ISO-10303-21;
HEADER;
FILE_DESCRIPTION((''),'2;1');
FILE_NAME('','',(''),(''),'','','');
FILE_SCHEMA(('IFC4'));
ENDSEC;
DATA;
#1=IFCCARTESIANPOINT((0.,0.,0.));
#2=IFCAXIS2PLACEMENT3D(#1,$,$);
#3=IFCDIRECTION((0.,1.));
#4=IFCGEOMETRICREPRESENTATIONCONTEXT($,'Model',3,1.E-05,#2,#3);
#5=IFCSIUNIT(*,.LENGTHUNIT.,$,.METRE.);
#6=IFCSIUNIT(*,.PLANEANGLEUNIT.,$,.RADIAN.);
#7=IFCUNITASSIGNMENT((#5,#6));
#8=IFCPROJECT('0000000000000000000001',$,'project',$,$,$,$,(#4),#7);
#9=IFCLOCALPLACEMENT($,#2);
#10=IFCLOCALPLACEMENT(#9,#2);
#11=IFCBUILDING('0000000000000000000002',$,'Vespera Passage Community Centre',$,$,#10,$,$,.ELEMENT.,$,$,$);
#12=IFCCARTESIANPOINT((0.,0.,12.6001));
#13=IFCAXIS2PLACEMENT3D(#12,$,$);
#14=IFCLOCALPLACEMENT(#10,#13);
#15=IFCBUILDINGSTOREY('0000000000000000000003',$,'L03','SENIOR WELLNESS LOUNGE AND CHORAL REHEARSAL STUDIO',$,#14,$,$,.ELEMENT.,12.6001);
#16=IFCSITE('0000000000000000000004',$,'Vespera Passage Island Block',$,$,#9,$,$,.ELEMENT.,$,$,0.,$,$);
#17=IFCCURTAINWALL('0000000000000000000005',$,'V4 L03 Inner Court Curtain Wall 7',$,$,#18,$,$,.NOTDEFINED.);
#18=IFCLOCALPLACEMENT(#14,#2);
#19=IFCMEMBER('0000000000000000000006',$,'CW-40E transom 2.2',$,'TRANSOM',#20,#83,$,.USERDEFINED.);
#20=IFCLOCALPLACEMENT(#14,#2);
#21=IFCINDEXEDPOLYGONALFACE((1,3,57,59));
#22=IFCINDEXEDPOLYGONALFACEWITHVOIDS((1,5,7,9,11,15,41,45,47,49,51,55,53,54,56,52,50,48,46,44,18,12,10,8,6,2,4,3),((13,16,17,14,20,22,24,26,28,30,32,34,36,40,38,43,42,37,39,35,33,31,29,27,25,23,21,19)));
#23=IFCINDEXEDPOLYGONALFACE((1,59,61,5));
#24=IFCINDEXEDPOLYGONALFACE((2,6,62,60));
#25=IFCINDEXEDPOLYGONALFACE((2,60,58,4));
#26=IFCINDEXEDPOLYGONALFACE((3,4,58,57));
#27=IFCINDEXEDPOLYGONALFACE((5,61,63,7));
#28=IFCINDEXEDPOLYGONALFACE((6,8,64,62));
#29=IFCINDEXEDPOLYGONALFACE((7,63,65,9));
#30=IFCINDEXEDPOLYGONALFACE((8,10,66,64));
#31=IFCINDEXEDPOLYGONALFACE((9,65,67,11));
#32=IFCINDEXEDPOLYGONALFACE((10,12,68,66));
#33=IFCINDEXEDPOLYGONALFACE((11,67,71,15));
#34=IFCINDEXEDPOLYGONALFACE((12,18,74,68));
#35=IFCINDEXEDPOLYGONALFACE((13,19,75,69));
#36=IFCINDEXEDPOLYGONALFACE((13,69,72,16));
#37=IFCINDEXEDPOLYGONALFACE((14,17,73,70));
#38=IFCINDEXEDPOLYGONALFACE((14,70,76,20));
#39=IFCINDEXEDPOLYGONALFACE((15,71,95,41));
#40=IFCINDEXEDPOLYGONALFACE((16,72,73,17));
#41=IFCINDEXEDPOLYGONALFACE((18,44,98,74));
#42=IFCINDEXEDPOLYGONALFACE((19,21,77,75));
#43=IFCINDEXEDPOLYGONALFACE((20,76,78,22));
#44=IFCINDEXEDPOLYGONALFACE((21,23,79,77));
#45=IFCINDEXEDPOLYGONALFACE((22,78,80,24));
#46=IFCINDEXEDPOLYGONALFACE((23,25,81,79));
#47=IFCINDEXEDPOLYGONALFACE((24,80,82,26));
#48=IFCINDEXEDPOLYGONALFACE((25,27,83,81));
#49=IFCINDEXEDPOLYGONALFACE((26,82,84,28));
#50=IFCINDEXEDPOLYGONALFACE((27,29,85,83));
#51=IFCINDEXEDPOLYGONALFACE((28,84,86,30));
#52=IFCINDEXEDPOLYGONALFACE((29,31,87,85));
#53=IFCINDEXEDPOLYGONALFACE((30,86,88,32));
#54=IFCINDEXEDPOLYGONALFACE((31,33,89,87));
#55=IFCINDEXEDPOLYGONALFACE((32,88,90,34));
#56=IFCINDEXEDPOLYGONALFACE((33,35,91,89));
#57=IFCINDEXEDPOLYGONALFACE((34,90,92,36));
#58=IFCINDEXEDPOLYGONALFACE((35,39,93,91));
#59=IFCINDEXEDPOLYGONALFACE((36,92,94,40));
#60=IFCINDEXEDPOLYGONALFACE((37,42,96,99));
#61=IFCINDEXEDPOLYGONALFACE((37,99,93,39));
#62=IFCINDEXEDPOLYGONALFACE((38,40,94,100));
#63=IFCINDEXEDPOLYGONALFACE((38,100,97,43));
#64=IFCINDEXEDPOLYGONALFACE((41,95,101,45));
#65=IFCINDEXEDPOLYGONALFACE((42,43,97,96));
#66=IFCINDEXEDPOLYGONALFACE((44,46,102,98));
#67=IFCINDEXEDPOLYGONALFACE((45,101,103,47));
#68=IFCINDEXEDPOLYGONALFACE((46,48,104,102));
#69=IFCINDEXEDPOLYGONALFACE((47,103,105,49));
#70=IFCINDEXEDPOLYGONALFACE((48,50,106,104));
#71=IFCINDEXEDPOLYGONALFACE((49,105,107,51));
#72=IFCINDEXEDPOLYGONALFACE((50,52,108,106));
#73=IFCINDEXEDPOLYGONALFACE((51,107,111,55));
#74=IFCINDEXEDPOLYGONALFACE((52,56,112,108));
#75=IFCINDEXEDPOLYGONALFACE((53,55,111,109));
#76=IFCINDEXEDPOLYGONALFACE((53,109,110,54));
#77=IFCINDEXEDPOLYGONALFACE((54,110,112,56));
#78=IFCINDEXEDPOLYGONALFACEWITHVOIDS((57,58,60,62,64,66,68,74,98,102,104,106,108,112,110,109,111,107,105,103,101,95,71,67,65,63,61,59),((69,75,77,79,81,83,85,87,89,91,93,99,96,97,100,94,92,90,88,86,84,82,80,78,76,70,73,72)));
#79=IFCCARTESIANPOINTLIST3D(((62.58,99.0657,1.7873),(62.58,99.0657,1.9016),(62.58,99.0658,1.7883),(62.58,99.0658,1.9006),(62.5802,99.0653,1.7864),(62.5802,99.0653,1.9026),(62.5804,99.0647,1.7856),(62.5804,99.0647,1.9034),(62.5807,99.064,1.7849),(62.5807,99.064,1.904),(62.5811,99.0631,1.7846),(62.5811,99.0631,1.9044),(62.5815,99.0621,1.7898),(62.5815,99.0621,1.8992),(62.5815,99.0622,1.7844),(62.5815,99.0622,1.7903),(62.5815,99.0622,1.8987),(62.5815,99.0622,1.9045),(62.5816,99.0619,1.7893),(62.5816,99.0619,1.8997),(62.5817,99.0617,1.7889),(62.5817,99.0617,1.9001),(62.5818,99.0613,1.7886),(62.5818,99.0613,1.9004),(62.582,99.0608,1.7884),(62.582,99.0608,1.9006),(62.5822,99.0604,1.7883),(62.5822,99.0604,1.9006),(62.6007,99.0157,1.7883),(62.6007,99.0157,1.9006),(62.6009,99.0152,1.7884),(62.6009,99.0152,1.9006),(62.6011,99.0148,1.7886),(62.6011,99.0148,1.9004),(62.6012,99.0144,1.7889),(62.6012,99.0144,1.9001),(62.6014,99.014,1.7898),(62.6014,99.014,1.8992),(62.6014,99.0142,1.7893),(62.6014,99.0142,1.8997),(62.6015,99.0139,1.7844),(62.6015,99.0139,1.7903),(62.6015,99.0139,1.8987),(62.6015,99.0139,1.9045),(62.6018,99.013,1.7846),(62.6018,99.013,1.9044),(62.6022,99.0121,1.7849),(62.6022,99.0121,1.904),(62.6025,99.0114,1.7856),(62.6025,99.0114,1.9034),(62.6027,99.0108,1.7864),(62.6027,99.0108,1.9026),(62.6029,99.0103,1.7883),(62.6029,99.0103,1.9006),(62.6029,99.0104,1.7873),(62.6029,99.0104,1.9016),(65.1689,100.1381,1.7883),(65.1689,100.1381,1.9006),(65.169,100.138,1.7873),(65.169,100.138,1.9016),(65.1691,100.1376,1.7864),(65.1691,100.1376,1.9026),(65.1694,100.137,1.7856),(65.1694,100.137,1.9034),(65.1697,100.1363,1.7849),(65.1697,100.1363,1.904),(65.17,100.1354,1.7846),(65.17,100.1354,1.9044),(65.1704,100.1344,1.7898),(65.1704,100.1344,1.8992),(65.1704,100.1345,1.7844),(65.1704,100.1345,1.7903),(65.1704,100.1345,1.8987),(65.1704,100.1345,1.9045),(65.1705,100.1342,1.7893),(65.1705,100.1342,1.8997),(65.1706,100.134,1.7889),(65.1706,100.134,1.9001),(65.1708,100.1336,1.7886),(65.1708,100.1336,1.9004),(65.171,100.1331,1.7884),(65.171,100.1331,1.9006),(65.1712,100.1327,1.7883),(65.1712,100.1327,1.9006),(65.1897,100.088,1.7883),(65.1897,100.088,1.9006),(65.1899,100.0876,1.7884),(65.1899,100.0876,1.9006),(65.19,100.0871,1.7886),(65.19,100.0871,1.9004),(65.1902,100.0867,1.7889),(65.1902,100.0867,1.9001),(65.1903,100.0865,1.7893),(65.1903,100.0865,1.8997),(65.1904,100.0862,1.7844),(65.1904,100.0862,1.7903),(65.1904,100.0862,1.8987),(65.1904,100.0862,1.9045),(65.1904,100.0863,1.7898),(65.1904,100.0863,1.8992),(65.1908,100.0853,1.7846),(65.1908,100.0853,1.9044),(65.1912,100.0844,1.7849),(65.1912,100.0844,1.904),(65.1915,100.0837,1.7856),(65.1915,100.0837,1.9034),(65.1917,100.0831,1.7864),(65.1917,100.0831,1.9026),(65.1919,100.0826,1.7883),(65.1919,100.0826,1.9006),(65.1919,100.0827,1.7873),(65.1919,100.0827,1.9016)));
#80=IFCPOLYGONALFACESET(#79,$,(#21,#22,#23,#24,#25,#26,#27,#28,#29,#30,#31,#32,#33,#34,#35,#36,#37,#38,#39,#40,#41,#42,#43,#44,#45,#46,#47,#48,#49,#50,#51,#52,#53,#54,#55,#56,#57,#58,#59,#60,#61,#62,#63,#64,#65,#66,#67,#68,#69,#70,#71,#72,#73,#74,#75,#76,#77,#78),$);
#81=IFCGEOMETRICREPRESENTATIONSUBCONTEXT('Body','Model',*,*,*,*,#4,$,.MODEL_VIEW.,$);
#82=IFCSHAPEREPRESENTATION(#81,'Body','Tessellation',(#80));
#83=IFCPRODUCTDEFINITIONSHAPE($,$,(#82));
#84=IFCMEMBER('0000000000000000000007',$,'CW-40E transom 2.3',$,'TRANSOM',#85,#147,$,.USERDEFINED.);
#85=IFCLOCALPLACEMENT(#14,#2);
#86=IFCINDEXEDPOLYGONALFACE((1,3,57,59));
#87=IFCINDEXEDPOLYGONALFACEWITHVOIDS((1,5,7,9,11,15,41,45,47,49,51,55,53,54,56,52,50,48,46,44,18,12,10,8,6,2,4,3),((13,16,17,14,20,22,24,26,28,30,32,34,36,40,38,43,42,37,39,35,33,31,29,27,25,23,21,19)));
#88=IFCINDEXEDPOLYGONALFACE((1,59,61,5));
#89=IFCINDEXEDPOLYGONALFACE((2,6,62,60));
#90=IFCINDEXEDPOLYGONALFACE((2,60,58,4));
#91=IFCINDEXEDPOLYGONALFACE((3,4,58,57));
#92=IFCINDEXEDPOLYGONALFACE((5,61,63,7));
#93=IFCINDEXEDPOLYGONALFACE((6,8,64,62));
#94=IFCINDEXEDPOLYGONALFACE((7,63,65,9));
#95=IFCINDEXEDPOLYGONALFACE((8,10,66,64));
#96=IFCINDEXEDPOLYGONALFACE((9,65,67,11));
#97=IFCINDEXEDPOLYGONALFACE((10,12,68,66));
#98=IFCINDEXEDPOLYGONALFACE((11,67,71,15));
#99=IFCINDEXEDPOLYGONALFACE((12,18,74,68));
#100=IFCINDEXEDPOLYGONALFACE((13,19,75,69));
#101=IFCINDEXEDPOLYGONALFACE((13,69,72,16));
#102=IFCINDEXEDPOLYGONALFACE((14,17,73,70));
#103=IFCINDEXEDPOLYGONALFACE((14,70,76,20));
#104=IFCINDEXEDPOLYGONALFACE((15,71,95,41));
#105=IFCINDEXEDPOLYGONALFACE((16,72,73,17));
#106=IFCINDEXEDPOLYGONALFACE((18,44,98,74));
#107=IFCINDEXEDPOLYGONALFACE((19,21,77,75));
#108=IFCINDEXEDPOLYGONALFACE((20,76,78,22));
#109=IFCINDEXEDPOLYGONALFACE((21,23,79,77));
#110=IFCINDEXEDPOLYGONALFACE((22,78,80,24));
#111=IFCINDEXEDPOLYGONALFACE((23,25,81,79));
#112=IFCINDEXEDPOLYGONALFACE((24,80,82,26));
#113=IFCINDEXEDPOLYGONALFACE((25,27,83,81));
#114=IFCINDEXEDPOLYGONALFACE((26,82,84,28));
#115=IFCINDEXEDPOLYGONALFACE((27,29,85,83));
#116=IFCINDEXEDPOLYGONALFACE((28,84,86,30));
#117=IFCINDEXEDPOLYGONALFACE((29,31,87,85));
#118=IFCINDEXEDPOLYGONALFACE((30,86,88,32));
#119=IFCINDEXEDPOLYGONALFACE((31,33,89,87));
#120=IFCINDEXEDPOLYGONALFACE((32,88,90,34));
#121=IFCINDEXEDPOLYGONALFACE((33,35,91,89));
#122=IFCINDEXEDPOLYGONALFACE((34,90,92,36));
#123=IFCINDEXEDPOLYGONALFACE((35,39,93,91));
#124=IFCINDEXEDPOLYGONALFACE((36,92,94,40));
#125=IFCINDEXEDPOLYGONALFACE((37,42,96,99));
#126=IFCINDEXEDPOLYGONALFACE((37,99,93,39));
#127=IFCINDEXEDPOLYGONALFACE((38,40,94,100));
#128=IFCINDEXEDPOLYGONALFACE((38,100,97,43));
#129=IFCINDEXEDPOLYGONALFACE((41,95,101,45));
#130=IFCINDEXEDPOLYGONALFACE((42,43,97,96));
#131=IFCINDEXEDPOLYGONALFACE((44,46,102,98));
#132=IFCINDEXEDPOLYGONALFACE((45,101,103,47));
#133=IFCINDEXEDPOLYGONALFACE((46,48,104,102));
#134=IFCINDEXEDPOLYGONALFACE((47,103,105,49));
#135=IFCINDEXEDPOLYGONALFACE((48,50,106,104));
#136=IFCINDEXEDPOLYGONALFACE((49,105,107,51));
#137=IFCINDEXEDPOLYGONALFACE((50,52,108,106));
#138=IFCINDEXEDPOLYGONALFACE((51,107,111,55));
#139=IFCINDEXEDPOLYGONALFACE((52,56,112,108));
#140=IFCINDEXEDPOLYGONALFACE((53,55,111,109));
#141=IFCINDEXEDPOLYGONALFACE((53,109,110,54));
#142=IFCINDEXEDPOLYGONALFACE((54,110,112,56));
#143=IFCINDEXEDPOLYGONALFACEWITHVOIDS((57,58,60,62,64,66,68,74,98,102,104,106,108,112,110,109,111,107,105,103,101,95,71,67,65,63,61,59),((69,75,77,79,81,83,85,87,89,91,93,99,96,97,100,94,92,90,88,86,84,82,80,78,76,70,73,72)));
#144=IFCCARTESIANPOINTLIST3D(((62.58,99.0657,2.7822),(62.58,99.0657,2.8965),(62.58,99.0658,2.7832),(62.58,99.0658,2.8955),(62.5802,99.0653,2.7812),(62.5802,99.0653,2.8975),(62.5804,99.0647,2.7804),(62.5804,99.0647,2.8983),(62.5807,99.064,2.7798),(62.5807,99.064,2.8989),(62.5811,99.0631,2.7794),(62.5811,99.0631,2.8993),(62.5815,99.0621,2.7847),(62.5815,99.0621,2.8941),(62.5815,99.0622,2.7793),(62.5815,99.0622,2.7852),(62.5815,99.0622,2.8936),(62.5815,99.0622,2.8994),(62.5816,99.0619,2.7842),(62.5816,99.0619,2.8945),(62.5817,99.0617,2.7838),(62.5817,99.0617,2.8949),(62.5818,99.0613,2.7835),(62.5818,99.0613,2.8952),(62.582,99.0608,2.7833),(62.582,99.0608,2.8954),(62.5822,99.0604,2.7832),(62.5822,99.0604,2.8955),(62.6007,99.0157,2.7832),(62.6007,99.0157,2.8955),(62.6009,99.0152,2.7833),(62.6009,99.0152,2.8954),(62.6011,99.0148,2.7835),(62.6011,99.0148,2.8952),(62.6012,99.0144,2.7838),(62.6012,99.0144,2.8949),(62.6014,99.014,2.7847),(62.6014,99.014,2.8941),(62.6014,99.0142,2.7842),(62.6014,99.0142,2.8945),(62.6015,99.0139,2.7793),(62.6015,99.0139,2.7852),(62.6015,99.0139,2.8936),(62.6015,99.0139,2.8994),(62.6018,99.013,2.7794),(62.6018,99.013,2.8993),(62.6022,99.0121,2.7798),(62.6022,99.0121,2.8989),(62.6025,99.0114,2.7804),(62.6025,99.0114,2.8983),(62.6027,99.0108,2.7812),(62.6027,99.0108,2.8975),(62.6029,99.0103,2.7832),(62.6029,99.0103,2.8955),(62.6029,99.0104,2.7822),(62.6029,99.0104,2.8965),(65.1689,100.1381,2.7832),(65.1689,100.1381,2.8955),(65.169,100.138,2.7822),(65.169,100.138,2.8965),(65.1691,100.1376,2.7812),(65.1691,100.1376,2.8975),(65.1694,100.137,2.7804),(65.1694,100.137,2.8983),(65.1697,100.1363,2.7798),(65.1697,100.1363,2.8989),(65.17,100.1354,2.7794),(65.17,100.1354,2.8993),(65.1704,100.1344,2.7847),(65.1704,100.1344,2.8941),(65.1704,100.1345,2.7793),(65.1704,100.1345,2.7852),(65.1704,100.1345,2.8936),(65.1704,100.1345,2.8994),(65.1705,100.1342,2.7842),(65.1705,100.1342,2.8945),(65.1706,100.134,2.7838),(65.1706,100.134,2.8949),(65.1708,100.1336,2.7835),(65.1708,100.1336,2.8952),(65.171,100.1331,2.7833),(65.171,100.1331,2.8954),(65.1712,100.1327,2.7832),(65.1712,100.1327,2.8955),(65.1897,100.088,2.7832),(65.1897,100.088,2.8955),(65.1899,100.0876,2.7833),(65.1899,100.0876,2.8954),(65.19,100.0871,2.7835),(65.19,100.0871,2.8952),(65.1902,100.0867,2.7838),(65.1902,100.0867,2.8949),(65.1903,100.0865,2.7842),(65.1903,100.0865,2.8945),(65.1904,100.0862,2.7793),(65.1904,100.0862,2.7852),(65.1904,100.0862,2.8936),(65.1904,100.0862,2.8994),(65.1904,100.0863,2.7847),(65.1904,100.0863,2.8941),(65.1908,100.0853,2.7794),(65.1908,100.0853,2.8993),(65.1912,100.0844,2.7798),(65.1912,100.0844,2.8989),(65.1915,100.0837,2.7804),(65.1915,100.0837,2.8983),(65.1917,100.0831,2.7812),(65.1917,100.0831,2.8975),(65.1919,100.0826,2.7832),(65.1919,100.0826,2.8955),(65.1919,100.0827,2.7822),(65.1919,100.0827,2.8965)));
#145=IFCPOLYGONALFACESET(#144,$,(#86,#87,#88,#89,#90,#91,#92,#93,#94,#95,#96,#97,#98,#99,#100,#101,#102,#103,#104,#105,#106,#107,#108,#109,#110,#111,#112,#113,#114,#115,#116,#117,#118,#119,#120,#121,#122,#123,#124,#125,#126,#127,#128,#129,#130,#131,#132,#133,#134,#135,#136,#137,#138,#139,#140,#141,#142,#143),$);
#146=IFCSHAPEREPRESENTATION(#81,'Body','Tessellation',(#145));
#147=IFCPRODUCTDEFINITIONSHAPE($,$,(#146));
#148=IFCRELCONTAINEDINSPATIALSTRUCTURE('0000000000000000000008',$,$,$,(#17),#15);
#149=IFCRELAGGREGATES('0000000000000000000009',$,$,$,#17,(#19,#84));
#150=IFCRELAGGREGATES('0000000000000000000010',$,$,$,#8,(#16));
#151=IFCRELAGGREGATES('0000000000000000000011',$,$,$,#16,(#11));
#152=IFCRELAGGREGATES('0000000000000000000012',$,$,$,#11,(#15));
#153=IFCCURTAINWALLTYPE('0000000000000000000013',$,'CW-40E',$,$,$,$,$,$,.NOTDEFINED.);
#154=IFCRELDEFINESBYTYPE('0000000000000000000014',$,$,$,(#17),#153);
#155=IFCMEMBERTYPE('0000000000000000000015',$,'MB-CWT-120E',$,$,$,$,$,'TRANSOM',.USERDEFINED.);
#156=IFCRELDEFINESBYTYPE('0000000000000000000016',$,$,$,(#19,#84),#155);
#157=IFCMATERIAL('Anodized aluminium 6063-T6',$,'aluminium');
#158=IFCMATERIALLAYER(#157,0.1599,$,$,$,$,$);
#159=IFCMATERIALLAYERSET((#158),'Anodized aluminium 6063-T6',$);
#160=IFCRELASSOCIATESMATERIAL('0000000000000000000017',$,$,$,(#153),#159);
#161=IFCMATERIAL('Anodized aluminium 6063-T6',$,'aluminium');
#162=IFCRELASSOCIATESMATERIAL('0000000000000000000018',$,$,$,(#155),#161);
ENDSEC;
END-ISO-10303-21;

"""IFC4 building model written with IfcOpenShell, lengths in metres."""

from ifc_helpers import new_model, si_unit, direction, frame, origin, origin_2d, place, context, subcontext, project, spatial, hollow_rectangle, extrude, material, layer, layer_set, material_profile, profile_set, type_object, element, aggregate, save


model = new_model("IFC4")

# Units and contexts
model_context = context("Model", 3, precision=1e-05, world=origin(), true_north=direction((0.0, 1.0)))
body_context = subcontext(model_context, "Body", "Model", "MODEL_VIEW")
ifc_project = project(units=[si_unit("LENGTHUNIT", "METRE"), si_unit("PLANEANGLEUNIT", "RADIAN")], contexts=[model_context])

# Site, building, storey
site_placement = place(None, origin())
site = spatial("IfcSite", under=ifc_project, at=site_placement, Name="Vespera Passage Island Block", CompositionType="ELEMENT", RefElevation=0.0)
building_placement = place(site_placement, origin())
building = spatial("IfcBuilding", under=site, at=building_placement, Name="Vespera Passage Community Centre", CompositionType="ELEMENT")
storey_placement = place(building_placement, frame((0.0, 0.0, 12.6001)))
storey = spatial("IfcBuildingStorey", under=building, at=storey_placement, Name="L03", Description="SENIOR WELLNESS LOUNGE AND CHORAL REHEARSAL STUDIO", CompositionType="ELEMENT", Elevation=12.6001)

# Curtain wall
ifc_material_1 = material(Name="Anodized aluminium 6063-T6", Category="aluminium")
ifc_layer_1 = layer(ifc_material_1, 0.1599)
ifc_layer_set_1 = layer_set([ifc_layer_1], Name="Anodized aluminium 6063-T6")
curtain_wall_type_1 = type_object("IfcCurtainWallType", Name="CW-40E", PredefinedType="NOTDEFINED", material=ifc_layer_set_1)
curtain_wall_1_placement = place(storey_placement, origin())
curtain_wall_1 = element("IfcCurtainWall", 1, at=curtain_wall_1_placement, inside=storey, type_object=curtain_wall_type_1, Name="V4 L03 Inner Court Curtain Wall 7", PredefinedType="NOTDEFINED")

# Members
ifc_material_2 = material(Name="Anodized aluminium 6063-T6", Category="aluminium")
ifc_material_profile_1 = material_profile(ifc_material_2, hollow_rectangle(XDim=0.0601, YDim=0.1201, WallThickness=0.0039, InnerFilletRadius=0.002, OuterFilletRadius=0.0039, at=origin_2d()), Name="ALU120X60X4")
ifc_profile_set_1 = profile_set([ifc_material_profile_1], Name="Anodized aluminium 6063-T6")
member_type_1 = type_object("IfcMemberType", Name="MB-CWT-120E", ElementType="TRANSOM", PredefinedType="USERDEFINED", material=ifc_profile_set_1)
member_1_placement = place(storey_placement, frame((65.1804, 100.1104, 1.8445), z_axis=(-0.923889, -0.38266, 0.0), x_axis=(0.38266, -0.923889, 0.0)))
member_1 = element("IfcMember", 2, at=member_1_placement, type_object=member_type_1, Name="CW-40E transom 2.2", ObjectType="TRANSOM", PredefinedType="USERDEFINED", context=body_context, shape_type="SweptSolid", body=[
    extrude(hollow_rectangle(XDim=0.0601, YDim=0.1201, WallThickness=0.0039, InnerFilletRadius=0.002, OuterFilletRadius=0.0039, at=origin_2d()), origin(), (0.0, 0.0, 1.0), 2.8022),
])
member_2_placement = place(storey_placement, frame((65.1804, 100.1104, 2.8394), z_axis=(-0.923889, -0.38266, 0.0), x_axis=(0.38266, -0.923889, 0.0)))
member_2 = element("IfcMember", 3, at=member_2_placement, type_object=member_type_1, Name="CW-40E transom 2.3", ObjectType="TRANSOM", PredefinedType="USERDEFINED", context=body_context, shape_type="SweptSolid", body=[
    extrude(hollow_rectangle(XDim=0.0601, YDim=0.1201, WallThickness=0.0039, InnerFilletRadius=0.002, OuterFilletRadius=0.0039, at=origin_2d()), origin(), (0.0, 0.0, 1.0), 2.8022),
])

aggregate(curtain_wall_1, [member_1, member_2])

save(model, "model.ifc")
